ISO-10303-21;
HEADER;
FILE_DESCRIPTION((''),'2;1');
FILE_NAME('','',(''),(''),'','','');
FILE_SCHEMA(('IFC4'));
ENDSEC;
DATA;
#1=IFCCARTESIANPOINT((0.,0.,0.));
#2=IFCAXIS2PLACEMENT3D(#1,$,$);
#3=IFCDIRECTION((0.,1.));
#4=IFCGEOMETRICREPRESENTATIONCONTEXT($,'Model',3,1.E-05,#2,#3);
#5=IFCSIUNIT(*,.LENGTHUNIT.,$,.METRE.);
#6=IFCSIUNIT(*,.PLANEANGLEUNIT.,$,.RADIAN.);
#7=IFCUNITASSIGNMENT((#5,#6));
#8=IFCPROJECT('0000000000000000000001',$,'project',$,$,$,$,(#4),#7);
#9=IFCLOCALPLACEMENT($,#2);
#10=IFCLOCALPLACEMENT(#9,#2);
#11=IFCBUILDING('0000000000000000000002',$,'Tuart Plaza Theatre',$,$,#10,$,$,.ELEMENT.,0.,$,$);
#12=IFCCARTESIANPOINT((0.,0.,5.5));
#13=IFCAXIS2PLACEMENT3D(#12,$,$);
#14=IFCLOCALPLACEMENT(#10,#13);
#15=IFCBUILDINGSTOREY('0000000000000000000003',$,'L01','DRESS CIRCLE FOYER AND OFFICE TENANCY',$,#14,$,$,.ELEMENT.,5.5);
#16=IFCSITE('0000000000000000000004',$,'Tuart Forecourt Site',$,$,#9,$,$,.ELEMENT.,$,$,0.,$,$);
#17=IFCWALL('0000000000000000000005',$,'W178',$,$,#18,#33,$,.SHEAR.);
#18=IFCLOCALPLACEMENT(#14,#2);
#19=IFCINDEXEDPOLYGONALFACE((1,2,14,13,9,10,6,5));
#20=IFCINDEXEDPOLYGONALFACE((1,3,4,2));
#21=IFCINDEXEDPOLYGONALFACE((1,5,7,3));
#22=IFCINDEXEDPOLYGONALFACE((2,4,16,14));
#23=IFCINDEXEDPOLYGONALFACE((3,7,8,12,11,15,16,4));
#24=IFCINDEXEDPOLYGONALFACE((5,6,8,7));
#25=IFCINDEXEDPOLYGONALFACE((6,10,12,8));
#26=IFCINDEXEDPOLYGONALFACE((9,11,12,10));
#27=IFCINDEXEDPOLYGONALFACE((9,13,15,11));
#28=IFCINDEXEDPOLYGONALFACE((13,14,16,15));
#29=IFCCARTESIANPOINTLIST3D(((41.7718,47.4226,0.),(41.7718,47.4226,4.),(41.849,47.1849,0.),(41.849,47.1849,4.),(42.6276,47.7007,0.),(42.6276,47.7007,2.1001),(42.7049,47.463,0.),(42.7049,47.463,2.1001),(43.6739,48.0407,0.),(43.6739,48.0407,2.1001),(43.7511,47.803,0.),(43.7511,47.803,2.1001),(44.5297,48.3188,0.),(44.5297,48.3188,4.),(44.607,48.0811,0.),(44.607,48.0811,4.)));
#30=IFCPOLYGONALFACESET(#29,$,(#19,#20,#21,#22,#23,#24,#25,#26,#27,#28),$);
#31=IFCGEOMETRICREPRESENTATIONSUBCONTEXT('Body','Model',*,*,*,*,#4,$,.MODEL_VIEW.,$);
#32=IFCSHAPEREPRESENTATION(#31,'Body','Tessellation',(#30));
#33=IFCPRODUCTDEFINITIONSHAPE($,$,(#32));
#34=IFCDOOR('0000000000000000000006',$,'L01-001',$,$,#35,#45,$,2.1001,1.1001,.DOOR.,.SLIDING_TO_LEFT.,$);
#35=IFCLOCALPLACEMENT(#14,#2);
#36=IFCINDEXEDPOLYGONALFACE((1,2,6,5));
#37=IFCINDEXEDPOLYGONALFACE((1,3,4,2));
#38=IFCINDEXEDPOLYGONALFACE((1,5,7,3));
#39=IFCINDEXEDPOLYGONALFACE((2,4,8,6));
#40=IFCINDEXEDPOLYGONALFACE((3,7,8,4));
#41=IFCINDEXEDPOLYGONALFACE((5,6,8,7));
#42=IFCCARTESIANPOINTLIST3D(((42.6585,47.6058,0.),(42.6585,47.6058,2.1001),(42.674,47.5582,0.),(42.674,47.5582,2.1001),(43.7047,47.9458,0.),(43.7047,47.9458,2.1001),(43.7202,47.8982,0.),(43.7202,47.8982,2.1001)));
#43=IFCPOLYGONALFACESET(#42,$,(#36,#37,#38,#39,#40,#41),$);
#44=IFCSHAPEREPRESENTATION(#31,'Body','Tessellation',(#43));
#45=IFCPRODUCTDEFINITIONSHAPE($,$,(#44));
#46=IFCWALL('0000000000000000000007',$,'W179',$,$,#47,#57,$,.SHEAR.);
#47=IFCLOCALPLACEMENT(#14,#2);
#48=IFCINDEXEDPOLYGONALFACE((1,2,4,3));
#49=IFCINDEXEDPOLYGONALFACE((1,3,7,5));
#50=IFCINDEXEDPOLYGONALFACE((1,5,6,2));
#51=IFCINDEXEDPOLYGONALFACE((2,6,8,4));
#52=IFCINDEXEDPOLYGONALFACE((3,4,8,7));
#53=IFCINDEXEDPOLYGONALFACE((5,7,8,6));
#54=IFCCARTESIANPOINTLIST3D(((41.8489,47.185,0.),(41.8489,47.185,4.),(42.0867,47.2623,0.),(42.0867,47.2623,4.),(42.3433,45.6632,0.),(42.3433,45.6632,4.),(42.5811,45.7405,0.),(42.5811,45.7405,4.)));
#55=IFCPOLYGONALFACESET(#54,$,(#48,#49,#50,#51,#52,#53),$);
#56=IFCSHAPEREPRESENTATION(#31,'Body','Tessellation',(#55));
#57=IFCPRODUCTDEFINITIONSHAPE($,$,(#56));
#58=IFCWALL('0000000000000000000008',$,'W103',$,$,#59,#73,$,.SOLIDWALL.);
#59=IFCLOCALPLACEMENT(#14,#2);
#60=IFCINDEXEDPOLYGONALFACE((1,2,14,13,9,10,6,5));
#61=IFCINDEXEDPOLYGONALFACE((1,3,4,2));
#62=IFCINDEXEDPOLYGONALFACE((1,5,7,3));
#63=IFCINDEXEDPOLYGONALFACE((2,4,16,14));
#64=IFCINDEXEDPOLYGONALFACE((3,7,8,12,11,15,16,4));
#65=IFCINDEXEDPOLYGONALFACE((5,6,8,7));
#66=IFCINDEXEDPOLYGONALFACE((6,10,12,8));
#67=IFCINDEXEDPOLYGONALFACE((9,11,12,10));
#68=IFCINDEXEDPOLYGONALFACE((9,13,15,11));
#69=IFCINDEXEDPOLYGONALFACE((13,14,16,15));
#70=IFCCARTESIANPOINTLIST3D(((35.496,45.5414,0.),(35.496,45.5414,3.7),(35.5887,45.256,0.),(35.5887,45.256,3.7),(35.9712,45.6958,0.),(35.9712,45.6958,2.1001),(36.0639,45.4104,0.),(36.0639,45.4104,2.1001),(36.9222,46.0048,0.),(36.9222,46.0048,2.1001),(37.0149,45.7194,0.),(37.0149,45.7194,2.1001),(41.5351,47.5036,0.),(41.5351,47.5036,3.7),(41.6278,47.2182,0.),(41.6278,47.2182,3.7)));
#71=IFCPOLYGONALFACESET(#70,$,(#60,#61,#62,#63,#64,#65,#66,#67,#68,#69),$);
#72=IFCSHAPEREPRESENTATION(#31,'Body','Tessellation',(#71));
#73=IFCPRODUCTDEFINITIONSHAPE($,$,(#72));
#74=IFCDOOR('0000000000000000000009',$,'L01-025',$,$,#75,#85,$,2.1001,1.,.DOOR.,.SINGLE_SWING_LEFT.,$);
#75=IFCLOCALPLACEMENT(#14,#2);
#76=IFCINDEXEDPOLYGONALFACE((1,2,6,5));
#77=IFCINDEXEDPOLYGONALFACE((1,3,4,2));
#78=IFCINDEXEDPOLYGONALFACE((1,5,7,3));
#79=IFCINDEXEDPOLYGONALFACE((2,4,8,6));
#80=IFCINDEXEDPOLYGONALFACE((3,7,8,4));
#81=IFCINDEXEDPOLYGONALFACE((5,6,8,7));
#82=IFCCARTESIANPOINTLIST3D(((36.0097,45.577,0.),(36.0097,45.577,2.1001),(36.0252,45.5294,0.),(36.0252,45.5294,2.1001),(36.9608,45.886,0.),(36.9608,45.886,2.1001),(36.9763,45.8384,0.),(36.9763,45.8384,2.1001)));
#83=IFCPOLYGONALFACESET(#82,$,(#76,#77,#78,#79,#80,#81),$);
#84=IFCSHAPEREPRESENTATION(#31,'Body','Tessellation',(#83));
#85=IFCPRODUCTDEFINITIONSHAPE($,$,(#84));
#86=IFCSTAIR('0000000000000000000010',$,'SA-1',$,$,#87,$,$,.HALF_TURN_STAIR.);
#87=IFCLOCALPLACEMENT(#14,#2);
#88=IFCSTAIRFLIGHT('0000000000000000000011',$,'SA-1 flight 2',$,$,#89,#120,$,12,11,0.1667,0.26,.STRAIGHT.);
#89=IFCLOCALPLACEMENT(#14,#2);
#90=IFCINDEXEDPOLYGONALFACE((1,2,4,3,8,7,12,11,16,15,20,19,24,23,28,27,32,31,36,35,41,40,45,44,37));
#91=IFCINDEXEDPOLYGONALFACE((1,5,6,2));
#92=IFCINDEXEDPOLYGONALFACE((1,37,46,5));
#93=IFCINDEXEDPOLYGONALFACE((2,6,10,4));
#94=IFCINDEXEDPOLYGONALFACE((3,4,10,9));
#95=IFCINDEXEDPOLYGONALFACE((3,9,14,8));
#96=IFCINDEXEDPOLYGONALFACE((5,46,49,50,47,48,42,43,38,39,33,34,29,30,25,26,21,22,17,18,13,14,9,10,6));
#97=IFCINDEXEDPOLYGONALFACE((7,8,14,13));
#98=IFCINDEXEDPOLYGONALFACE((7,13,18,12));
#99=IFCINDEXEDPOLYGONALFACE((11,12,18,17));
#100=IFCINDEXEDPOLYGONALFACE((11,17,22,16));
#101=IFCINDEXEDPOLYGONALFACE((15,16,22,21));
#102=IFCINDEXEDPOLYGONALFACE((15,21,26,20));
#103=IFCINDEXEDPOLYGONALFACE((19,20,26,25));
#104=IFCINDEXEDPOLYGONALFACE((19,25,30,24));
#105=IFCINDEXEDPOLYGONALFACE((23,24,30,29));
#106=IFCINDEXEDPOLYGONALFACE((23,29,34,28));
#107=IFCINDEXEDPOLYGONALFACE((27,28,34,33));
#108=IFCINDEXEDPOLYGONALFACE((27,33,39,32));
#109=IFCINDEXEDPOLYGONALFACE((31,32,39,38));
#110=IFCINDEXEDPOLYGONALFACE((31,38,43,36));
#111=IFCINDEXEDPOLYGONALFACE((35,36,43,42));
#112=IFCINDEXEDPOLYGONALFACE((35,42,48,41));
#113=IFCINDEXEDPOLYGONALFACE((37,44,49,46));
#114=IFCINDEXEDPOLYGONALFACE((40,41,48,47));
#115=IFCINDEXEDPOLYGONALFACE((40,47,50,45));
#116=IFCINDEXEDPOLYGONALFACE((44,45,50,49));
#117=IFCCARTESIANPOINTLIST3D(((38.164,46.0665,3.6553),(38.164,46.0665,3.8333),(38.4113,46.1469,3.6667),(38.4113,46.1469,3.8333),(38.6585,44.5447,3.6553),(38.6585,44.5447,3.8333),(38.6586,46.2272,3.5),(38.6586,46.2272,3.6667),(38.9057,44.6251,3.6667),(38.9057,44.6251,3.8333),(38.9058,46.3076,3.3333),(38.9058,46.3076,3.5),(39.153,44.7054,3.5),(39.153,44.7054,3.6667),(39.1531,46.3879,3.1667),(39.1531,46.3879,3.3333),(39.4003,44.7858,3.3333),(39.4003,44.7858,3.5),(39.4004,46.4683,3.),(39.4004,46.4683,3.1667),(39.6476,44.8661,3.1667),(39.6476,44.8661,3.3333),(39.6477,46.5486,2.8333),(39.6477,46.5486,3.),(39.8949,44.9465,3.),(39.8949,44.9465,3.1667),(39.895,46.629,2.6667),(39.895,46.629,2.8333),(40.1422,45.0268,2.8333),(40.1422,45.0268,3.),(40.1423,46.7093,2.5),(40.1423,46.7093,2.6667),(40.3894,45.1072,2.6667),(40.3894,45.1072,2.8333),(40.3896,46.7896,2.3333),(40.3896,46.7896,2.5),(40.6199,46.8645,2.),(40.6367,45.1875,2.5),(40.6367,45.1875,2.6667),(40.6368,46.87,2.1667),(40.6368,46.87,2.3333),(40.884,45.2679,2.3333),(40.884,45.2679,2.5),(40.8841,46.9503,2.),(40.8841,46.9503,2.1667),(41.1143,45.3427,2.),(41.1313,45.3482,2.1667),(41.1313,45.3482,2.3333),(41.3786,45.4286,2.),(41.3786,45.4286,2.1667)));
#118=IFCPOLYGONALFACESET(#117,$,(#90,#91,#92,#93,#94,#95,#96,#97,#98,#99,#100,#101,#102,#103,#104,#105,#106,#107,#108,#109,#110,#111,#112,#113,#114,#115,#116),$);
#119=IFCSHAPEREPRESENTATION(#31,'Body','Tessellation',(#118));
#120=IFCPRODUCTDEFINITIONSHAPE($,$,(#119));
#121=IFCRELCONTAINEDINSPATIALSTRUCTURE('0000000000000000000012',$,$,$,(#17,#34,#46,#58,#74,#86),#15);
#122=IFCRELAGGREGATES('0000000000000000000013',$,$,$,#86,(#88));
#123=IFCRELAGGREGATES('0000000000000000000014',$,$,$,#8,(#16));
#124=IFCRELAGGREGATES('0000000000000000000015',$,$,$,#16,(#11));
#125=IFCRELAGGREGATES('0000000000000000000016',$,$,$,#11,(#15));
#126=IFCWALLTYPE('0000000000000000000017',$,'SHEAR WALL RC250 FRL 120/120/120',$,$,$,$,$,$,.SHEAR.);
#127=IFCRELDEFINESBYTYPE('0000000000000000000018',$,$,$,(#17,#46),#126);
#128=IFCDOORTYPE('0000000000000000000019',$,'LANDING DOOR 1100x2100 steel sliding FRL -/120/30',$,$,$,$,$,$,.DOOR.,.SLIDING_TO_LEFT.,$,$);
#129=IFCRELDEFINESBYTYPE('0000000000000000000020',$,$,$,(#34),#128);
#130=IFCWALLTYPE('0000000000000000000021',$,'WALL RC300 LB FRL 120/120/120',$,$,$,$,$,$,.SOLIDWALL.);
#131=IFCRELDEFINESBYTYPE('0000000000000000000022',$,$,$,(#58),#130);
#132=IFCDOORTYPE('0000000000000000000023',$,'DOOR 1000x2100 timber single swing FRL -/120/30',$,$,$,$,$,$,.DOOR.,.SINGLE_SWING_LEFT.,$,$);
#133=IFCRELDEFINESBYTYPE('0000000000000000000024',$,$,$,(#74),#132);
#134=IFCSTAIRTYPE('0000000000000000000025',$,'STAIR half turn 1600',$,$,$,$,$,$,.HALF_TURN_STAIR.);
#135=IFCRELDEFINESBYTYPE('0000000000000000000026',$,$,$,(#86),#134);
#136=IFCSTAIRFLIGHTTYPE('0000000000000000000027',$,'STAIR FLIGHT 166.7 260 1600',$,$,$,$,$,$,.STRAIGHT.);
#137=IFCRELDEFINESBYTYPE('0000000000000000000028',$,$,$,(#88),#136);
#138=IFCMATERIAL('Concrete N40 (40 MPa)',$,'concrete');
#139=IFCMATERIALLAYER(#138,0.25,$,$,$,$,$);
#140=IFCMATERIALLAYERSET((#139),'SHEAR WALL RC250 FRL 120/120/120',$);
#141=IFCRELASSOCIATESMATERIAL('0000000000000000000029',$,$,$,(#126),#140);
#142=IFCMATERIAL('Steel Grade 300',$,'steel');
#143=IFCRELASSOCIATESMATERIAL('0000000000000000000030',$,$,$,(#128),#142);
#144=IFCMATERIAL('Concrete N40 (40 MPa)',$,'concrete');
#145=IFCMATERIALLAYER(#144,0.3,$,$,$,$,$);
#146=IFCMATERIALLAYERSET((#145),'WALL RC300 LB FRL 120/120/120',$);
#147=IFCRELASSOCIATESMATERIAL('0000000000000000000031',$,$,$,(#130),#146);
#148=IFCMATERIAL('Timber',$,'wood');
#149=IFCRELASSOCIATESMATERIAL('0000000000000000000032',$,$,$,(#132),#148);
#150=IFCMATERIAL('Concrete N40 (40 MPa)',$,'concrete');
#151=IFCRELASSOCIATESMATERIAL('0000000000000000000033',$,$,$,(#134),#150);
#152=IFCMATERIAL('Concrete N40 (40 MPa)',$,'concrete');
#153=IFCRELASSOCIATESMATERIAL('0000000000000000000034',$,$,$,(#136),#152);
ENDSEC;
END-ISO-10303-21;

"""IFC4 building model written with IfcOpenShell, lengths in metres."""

from ifc_helpers import new_model, si_unit, direction, frame, frame_2d, origin, place, context, subcontext, project, spatial, polyline, rectangle, outline, extrude, material, layer, layer_set, type_object, element, fill, aggregate, save


model = new_model("IFC4")

# Units and contexts
model_context = context("Model", 3, precision=1e-05, world=origin(), true_north=direction((0.0, 1.0)))
body_context = subcontext(model_context, "Body", "Model", "MODEL_VIEW")
ifc_project = project(units=[si_unit("LENGTHUNIT", "METRE"), si_unit("PLANEANGLEUNIT", "RADIAN")], contexts=[model_context])

# Site, building, storey
site_placement = place(None, origin())
site = spatial("IfcSite", under=ifc_project, at=site_placement, Name="Tuart Forecourt Site", CompositionType="ELEMENT", RefElevation=0.0)
building_placement = place(site_placement, origin())
building = spatial("IfcBuilding", under=site, at=building_placement, Name="Tuart Plaza Theatre", CompositionType="ELEMENT", ElevationOfRefHeight=0.0)
storey_placement = place(building_placement, frame((0.0, 0.0, 5.5)))
storey = spatial("IfcBuildingStorey", under=building, at=storey_placement, Name="L01", Description="DRESS CIRCLE FOYER AND OFFICE TENANCY", CompositionType="ELEMENT", Elevation=5.5)

# Shared definitions
ifc_material_1 = material(Name="Concrete N40 (40 MPa)", Category="concrete")
ifc_layer_1 = layer(ifc_material_1, 0.25)
ifc_layer_set_1 = layer_set([ifc_layer_1], Name="SHEAR WALL RC250 FRL 120/120/120")
wall_type_1 = type_object("IfcWallType", Name="SHEAR WALL RC250 FRL 120/120/120", PredefinedType="SHEAR", material=ifc_layer_set_1)

# Wall, opening, door
wall_1_placement = place(storey_placement, frame((44.5684, 48.2, 0.0), z_axis=(0.0, 0.0, 1.0), x_axis=(-0.951047, -0.309046, 0.0)))
wall_1 = element("IfcWall", 1, at=wall_1_placement, inside=storey, type_object=wall_type_1, Name="W178", PredefinedType="SHEAR", context=body_context, shape_type="SweptSolid", body=[
    extrude(rectangle(XDim=2.8999, YDim=0.25, at=frame_2d((1.45, 0.0))), origin(), (0.0, 0.0, 1.0), 4.0),
])
opening_1_placement = place(wall_1_placement, frame((0.8999, 0.0, 0.0)))
opening_1 = element("IfcOpeningElement", 2, at=opening_1_placement, cuts=wall_1, PredefinedType="OPENING", context=body_context, shape_type="SweptSolid", body=[
    extrude(rectangle(XDim=1.1001, YDim=2.1001, at=frame_2d((0.55, 1.05))), frame((0.0, 0.135, 0.0), z_axis=(0.0, -1.0, 0.0), x_axis=(1.0, 0.0, 0.0)), (0.0, 0.0, 1.0), 0.27),
])
ifc_material_2 = material(Name="Steel Grade 300", Category="steel")
door_type_1 = type_object("IfcDoorType", Name="LANDING DOOR 1100x2100 steel sliding FRL -/120/30", OperationType="SLIDING_TO_LEFT", PredefinedType="DOOR", material=ifc_material_2)
door_1_placement = place(opening_1_placement, origin())
door_1 = element("IfcDoor", 3, at=door_1_placement, inside=storey, type_object=door_type_1, Name="L01-001", OperationType="SLIDING_TO_LEFT", OverallHeight=2.1001, OverallWidth=1.1001, PredefinedType="DOOR", context=body_context, shape_type="SweptSolid", body=[
    extrude(rectangle(XDim=1.1001, YDim=2.1001, at=frame_2d((0.55, 1.05))), frame((0.0, 0.0249, 0.0), z_axis=(0.0, -1.0, 0.0), x_axis=(1.0, 0.0, 0.0)), (0.0, 0.0, 1.0), 0.05),
])
fill(opening_1, door_1)

# Wall
wall_2_placement = place(storey_placement, frame((41.9678, 47.2236, 0.0), z_axis=(0.0, 0.0, 1.0), x_axis=(0.308986, -0.951067, 0.0)))
element("IfcWall", 4, at=wall_2_placement, inside=storey, type_object=wall_type_1, Name="W179", PredefinedType="SHEAR", context=body_context, shape_type="SweptSolid", body=[
    extrude(rectangle(XDim=1.6001, YDim=0.25, at=frame_2d((0.8, 0.0))), origin(), (0.0, 0.0, 1.0), 4.0),
])

# Wall, opening, door
ifc_material_3 = material(Name="Concrete N40 (40 MPa)", Category="concrete")
ifc_layer_2 = layer(ifc_material_3, 0.3)
ifc_layer_set_2 = layer_set([ifc_layer_2], Name="WALL RC300 LB FRL 120/120/120")
wall_type_2 = type_object("IfcWallType", Name="WALL RC300 LB FRL 120/120/120", PredefinedType="SOLIDWALL", material=ifc_layer_set_2)
wall_3_placement = place(storey_placement, frame((41.5813, 47.3608, 0.0), z_axis=(0.0, 0.0, 1.0), x_axis=(-0.951059, -0.30901, 0.0)))
wall_3 = element("IfcWall", 5, at=wall_3_placement, inside=storey, type_object=wall_type_2, Name="W103", PredefinedType="SOLIDWALL", context=body_context, shape_type="SweptSolid", body=[
    extrude(rectangle(XDim=6.3499, YDim=0.3, at=frame_2d((3.1748, 0.0))), origin(), (0.0, 0.0, 1.0), 3.7),
])
opening_2_placement = place(wall_3_placement, frame((4.8501, 0.0, 0.0)))
opening_2 = element("IfcOpeningElement", 6, at=opening_2_placement, cuts=wall_3, PredefinedType="OPENING", context=body_context, shape_type="SweptSolid", body=[
    extrude(rectangle(XDim=1.0, YDim=2.1001, at=frame_2d((0.5, 1.05))), frame((0.0, 0.1599, 0.0), z_axis=(0.0, -1.0, 0.0), x_axis=(1.0, 0.0, 0.0)), (0.0, 0.0, 1.0), 0.3201),
])
ifc_material_4 = material(Name="Timber", Category="wood")
door_type_2 = type_object("IfcDoorType", Name="DOOR 1000x2100 timber single swing FRL -/120/30", OperationType="SINGLE_SWING_LEFT", PredefinedType="DOOR", material=ifc_material_4)
door_2_placement = place(opening_2_placement, origin())
door_2 = element("IfcDoor", 7, at=door_2_placement, inside=storey, type_object=door_type_2, Name="L01-025", OperationType="SINGLE_SWING_LEFT", OverallHeight=2.1001, OverallWidth=1.0, PredefinedType="DOOR", context=body_context, shape_type="SweptSolid", body=[
    extrude(rectangle(XDim=1.0, YDim=2.1001, at=frame_2d((0.5, 1.05))), frame((0.0, 0.0249, 0.0), z_axis=(0.0, -1.0, 0.0), x_axis=(1.0, 0.0, 0.0)), (0.0, 0.0, 1.0), 0.05),
])
fill(opening_2, door_2)

# Stair, stair flight
ifc_material_5 = material(Name="Concrete N40 (40 MPa)", Category="concrete")
stair_type = type_object("IfcStairType", Name="STAIR half turn 1600", PredefinedType="HALF_TURN_STAIR", material=ifc_material_5)
stair_placement = place(storey_placement, origin())
stair = element("IfcStair", 8, at=stair_placement, inside=storey, type_object=stair_type, Name="SA-1", PredefinedType="HALF_TURN_STAIR")
ifc_material_6 = material(Name="Concrete N40 (40 MPa)", Category="concrete")
stair_flight_type = type_object("IfcStairFlightType", Name="STAIR FLIGHT 166.7 260 1600", PredefinedType="STRAIGHT", material=ifc_material_6)
stair_flight_placement = place(storey_placement, frame((41.1313, 46.1895, 2.0), z_axis=(0.0, 0.0, 1.0), x_axis=(-0.951057, -0.309017, 0.0)))
stair_flight = element("IfcStairFlight", 9, at=stair_flight_placement, type_object=stair_flight_type, Name="SA-1 flight 2", NumberOfRisers=12, NumberOfTreads=11, PredefinedType="STRAIGHT", RiserHeight=0.1667, TreadLength=0.26, context=body_context, shape_type="SweptSolid", body=[
    extrude(outline(polyline([(0.0, 0.0), (0.0, 0.1667), (0.26, 0.1667), (0.26, 0.3333), (0.52, 0.3333), (0.52, 0.5), (0.78, 0.5), (0.78, 0.6667), (1.04, 0.6667), (1.04, 0.8333), (1.3, 0.8333), (1.3, 1.0), (1.5601, 1.0), (1.5601, 1.1667), (1.8201, 1.1667), (1.8201, 1.3333), (2.0801, 1.3333), (2.0801, 1.5), (2.3401, 1.5), (2.3401, 1.6667), (2.6001, 1.6667), (2.6001, 1.8333), (2.8601, 1.8333), (2.8601, 2.0), (2.8601, 1.6553), (0.2778, 0.0), (0.0, 0.0)])), frame((0.0, 0.8, 0.0), z_axis=(0.0, -1.0, 0.0), x_axis=(1.0, 0.0, 0.0)), (0.0, 0.0, 1.0), 1.6001),
])
aggregate(stair, [stair_flight])

save(model, "model.ifc")
